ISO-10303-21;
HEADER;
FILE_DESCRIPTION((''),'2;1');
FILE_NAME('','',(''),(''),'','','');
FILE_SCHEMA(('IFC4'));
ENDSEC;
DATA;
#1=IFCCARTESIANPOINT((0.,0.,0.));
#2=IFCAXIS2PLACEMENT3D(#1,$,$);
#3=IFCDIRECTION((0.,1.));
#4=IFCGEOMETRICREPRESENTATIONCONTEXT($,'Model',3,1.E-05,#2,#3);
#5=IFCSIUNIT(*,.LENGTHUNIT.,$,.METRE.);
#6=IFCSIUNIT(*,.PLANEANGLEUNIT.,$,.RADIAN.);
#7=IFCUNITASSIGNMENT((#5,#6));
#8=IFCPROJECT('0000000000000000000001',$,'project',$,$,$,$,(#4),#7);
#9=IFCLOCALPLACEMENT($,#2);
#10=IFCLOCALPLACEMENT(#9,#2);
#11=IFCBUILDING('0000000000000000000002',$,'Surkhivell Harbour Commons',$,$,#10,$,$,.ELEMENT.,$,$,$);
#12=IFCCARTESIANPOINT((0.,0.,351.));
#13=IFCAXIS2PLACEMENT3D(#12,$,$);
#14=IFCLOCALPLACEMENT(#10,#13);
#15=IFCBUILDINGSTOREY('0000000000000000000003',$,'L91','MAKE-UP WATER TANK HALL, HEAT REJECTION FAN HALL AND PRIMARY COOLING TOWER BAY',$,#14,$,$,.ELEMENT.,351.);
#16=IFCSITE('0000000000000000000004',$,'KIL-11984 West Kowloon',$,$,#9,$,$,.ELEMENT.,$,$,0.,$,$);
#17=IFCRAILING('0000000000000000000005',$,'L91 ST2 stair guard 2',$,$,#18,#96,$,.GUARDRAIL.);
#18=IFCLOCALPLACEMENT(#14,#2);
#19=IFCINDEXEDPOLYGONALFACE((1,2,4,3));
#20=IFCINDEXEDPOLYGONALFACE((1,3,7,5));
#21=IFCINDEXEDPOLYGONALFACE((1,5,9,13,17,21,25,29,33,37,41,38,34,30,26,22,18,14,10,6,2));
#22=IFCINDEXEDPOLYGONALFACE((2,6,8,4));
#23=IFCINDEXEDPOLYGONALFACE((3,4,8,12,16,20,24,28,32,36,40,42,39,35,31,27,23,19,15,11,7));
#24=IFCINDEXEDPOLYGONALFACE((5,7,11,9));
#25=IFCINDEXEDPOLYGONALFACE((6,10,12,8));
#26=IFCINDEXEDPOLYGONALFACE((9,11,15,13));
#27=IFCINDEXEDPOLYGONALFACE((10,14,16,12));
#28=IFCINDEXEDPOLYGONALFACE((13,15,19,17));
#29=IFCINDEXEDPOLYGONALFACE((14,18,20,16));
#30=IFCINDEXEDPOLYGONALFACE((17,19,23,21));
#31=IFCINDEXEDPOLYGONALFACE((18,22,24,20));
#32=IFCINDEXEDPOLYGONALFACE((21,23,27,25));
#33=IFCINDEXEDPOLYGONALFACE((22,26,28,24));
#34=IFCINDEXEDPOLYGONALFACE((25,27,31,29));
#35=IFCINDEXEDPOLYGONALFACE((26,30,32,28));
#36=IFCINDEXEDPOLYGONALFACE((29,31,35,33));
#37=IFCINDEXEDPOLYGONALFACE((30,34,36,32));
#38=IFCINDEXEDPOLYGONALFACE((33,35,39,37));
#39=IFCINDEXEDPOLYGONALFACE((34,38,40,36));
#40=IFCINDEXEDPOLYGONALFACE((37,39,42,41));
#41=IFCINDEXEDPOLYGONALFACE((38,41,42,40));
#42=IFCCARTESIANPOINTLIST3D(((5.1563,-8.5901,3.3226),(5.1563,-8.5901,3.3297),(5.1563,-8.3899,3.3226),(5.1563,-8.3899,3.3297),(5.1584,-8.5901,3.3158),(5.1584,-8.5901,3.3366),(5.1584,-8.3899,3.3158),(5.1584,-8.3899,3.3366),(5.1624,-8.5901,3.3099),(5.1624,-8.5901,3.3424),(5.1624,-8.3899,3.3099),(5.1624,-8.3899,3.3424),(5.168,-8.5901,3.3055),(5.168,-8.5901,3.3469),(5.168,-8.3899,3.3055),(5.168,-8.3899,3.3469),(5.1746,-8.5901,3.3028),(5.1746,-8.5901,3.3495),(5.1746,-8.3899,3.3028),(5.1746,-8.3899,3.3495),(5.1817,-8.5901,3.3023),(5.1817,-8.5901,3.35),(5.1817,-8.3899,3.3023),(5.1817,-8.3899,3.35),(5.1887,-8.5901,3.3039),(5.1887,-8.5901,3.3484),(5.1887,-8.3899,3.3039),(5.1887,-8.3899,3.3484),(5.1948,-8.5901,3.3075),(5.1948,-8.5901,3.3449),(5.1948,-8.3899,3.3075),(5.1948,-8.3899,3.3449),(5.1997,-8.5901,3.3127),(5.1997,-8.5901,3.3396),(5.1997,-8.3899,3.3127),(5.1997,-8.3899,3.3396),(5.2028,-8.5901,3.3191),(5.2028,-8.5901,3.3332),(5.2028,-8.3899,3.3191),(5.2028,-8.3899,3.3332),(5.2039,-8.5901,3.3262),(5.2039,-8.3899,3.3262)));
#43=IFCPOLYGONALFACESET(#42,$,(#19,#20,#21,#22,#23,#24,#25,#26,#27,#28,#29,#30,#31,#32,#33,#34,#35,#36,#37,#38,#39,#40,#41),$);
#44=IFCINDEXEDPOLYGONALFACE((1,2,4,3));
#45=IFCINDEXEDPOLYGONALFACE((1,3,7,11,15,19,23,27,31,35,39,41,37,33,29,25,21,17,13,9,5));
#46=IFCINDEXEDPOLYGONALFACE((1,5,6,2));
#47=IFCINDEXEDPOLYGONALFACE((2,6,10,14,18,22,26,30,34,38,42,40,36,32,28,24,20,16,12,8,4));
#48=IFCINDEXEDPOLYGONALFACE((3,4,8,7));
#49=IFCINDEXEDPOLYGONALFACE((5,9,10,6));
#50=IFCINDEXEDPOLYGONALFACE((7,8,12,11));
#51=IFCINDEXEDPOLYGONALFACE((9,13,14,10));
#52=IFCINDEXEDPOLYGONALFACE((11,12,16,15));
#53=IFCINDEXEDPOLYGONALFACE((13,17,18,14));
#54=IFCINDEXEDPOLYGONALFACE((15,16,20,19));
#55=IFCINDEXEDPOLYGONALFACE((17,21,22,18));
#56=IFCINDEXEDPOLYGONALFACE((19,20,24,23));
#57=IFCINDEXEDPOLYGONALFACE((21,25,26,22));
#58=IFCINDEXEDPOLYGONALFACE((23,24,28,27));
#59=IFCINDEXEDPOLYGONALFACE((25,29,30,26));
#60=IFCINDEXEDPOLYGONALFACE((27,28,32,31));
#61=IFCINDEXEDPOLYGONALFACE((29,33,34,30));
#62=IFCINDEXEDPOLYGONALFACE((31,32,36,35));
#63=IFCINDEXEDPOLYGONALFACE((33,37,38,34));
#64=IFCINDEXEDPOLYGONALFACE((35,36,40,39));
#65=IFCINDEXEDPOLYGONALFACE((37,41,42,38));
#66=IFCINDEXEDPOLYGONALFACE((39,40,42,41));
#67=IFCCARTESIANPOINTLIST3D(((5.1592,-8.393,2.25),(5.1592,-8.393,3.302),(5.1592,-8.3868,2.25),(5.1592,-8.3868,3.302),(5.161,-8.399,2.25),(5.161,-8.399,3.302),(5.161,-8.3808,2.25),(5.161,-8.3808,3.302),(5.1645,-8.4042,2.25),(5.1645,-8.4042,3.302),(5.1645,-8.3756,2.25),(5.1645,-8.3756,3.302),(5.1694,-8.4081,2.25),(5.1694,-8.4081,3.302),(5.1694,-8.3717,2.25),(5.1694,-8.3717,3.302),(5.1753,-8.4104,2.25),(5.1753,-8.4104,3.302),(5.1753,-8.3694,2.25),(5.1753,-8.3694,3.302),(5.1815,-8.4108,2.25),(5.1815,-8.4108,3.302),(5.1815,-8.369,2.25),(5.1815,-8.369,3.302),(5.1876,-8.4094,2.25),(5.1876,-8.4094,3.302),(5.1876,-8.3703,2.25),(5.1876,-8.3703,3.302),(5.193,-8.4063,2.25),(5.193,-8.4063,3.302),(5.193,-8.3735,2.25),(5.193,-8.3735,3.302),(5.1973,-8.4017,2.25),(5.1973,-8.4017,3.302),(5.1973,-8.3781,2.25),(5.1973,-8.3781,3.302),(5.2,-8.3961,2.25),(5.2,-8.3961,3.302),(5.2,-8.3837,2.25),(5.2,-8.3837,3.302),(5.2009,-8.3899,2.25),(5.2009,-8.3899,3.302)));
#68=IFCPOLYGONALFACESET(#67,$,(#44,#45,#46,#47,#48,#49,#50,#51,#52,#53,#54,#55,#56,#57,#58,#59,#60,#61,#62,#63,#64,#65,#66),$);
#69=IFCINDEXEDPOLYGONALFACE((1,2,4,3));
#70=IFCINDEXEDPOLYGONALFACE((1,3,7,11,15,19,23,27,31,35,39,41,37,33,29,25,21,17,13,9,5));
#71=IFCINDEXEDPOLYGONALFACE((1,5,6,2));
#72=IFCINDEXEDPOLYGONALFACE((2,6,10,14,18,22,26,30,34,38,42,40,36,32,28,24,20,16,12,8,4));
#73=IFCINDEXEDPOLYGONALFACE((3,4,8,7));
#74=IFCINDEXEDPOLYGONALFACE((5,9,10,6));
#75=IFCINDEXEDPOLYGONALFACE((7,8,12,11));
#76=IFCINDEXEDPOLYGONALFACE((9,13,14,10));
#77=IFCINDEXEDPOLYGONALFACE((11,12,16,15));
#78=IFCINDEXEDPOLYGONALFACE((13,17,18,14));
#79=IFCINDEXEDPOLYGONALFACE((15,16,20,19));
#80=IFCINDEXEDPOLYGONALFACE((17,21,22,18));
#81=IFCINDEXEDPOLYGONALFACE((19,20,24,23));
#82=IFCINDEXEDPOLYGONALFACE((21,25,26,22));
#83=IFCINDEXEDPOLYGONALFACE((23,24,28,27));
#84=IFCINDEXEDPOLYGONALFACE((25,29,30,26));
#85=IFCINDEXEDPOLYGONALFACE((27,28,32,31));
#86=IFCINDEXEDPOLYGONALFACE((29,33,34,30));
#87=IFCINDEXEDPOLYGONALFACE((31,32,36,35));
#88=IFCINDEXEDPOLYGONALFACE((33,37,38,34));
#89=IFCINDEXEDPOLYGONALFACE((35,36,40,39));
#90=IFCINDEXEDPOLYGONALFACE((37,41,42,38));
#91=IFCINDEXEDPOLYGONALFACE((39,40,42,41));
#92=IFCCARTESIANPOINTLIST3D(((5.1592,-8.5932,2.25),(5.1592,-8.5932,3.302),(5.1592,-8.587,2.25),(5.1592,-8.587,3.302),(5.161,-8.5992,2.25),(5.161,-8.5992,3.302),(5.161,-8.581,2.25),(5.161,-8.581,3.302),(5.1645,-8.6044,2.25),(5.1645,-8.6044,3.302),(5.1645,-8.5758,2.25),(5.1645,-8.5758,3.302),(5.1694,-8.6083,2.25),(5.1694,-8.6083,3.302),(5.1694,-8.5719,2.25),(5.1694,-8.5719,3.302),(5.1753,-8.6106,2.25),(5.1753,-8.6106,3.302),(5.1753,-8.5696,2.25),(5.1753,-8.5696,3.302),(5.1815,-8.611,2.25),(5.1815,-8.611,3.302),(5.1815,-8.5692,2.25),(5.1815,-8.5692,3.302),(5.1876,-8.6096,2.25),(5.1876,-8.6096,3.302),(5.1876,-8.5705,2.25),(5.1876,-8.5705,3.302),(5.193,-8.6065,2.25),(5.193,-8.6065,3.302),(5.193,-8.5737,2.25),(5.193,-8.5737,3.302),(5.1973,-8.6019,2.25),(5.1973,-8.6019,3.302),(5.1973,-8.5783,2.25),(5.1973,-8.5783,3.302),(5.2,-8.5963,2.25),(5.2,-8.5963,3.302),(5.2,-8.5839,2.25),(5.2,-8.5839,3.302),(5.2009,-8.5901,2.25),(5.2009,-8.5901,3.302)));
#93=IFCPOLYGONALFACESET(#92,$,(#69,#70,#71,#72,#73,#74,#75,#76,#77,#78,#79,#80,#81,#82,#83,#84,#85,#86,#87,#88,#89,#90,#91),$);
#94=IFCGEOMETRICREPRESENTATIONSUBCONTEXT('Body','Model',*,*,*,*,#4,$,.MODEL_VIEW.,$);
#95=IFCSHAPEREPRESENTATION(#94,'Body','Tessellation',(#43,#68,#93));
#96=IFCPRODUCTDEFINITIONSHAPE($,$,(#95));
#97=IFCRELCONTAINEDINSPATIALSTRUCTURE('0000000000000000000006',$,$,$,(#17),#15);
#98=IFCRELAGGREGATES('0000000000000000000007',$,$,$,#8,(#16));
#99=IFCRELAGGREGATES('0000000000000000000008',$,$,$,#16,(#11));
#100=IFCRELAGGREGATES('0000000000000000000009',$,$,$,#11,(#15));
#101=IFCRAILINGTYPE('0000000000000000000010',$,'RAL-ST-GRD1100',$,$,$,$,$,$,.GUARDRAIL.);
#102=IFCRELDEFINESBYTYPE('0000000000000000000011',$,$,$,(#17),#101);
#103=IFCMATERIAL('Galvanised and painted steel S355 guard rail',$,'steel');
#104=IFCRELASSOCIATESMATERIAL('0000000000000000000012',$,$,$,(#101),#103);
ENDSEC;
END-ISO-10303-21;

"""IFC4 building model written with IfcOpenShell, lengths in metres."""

from ifc_helpers import new_model, si_unit, direction, frame, origin, origin_2d, place, context, subcontext, project, spatial, circle, extrude, material, type_object, element, save


model = new_model("IFC4")

# Units and contexts
model_context = context("Model", 3, precision=1e-05, world=origin(), true_north=direction((0.0, 1.0)))
body_context = subcontext(model_context, "Body", "Model", "MODEL_VIEW")
ifc_project = project(units=[si_unit("LENGTHUNIT", "METRE"), si_unit("PLANEANGLEUNIT", "RADIAN")], contexts=[model_context])

# Site, building, storey
site_placement = place(None, origin())
site = spatial("IfcSite", under=ifc_project, at=site_placement, Name="KIL-11984 West Kowloon", CompositionType="ELEMENT", RefElevation=0.0)
building_placement = place(site_placement, origin())
building = spatial("IfcBuilding", under=site, at=building_placement, Name="Surkhivell Harbour Commons", CompositionType="ELEMENT")
storey_placement = place(building_placement, frame((0.0, 0.0, 351.0)))
storey = spatial("IfcBuildingStorey", under=building, at=storey_placement, Name="L91", Description="MAKE-UP WATER TANK HALL, HEAT REJECTION FAN HALL AND PRIMARY COOLING TOWER BAY", CompositionType="ELEMENT", Elevation=351.0)

# Railing
ifc_material_1 = material(Name="Galvanised and painted steel S355 guard rail", Category="steel")
railing_type_1 = type_object("IfcRailingType", Name="RAL-ST-GRD1100", PredefinedType="GUARDRAIL", material=ifc_material_1)
railing_1_placement = place(storey_placement, frame((5.1799, -8.3899, 2.25)))
element("IfcRailing", 1, at=railing_1_placement, inside=storey, type_object=railing_type_1, Name="L91 ST2 stair guard 2", PredefinedType="GUARDRAIL", context=body_context, shape_type="SweptSolid", body=[
    extrude(circle(Radius=0.0239, at=origin_2d()), frame((0.0, 0.0, 1.0762), z_axis=(0.0, -1.0, 0.0), x_axis=(1.0, 0.0, 0.0)), (0.0, 0.0, 1.0), 0.2002),
    extrude(circle(Radius=0.021, at=origin_2d()), origin(), (0.0, 0.0, 1.0), 1.052),
    extrude(circle(Radius=0.021, at=origin_2d()), frame((0.0, -0.2002, 0.0)), (0.0, 0.0, 1.0), 1.052),
])

save(model, "model.ifc")
